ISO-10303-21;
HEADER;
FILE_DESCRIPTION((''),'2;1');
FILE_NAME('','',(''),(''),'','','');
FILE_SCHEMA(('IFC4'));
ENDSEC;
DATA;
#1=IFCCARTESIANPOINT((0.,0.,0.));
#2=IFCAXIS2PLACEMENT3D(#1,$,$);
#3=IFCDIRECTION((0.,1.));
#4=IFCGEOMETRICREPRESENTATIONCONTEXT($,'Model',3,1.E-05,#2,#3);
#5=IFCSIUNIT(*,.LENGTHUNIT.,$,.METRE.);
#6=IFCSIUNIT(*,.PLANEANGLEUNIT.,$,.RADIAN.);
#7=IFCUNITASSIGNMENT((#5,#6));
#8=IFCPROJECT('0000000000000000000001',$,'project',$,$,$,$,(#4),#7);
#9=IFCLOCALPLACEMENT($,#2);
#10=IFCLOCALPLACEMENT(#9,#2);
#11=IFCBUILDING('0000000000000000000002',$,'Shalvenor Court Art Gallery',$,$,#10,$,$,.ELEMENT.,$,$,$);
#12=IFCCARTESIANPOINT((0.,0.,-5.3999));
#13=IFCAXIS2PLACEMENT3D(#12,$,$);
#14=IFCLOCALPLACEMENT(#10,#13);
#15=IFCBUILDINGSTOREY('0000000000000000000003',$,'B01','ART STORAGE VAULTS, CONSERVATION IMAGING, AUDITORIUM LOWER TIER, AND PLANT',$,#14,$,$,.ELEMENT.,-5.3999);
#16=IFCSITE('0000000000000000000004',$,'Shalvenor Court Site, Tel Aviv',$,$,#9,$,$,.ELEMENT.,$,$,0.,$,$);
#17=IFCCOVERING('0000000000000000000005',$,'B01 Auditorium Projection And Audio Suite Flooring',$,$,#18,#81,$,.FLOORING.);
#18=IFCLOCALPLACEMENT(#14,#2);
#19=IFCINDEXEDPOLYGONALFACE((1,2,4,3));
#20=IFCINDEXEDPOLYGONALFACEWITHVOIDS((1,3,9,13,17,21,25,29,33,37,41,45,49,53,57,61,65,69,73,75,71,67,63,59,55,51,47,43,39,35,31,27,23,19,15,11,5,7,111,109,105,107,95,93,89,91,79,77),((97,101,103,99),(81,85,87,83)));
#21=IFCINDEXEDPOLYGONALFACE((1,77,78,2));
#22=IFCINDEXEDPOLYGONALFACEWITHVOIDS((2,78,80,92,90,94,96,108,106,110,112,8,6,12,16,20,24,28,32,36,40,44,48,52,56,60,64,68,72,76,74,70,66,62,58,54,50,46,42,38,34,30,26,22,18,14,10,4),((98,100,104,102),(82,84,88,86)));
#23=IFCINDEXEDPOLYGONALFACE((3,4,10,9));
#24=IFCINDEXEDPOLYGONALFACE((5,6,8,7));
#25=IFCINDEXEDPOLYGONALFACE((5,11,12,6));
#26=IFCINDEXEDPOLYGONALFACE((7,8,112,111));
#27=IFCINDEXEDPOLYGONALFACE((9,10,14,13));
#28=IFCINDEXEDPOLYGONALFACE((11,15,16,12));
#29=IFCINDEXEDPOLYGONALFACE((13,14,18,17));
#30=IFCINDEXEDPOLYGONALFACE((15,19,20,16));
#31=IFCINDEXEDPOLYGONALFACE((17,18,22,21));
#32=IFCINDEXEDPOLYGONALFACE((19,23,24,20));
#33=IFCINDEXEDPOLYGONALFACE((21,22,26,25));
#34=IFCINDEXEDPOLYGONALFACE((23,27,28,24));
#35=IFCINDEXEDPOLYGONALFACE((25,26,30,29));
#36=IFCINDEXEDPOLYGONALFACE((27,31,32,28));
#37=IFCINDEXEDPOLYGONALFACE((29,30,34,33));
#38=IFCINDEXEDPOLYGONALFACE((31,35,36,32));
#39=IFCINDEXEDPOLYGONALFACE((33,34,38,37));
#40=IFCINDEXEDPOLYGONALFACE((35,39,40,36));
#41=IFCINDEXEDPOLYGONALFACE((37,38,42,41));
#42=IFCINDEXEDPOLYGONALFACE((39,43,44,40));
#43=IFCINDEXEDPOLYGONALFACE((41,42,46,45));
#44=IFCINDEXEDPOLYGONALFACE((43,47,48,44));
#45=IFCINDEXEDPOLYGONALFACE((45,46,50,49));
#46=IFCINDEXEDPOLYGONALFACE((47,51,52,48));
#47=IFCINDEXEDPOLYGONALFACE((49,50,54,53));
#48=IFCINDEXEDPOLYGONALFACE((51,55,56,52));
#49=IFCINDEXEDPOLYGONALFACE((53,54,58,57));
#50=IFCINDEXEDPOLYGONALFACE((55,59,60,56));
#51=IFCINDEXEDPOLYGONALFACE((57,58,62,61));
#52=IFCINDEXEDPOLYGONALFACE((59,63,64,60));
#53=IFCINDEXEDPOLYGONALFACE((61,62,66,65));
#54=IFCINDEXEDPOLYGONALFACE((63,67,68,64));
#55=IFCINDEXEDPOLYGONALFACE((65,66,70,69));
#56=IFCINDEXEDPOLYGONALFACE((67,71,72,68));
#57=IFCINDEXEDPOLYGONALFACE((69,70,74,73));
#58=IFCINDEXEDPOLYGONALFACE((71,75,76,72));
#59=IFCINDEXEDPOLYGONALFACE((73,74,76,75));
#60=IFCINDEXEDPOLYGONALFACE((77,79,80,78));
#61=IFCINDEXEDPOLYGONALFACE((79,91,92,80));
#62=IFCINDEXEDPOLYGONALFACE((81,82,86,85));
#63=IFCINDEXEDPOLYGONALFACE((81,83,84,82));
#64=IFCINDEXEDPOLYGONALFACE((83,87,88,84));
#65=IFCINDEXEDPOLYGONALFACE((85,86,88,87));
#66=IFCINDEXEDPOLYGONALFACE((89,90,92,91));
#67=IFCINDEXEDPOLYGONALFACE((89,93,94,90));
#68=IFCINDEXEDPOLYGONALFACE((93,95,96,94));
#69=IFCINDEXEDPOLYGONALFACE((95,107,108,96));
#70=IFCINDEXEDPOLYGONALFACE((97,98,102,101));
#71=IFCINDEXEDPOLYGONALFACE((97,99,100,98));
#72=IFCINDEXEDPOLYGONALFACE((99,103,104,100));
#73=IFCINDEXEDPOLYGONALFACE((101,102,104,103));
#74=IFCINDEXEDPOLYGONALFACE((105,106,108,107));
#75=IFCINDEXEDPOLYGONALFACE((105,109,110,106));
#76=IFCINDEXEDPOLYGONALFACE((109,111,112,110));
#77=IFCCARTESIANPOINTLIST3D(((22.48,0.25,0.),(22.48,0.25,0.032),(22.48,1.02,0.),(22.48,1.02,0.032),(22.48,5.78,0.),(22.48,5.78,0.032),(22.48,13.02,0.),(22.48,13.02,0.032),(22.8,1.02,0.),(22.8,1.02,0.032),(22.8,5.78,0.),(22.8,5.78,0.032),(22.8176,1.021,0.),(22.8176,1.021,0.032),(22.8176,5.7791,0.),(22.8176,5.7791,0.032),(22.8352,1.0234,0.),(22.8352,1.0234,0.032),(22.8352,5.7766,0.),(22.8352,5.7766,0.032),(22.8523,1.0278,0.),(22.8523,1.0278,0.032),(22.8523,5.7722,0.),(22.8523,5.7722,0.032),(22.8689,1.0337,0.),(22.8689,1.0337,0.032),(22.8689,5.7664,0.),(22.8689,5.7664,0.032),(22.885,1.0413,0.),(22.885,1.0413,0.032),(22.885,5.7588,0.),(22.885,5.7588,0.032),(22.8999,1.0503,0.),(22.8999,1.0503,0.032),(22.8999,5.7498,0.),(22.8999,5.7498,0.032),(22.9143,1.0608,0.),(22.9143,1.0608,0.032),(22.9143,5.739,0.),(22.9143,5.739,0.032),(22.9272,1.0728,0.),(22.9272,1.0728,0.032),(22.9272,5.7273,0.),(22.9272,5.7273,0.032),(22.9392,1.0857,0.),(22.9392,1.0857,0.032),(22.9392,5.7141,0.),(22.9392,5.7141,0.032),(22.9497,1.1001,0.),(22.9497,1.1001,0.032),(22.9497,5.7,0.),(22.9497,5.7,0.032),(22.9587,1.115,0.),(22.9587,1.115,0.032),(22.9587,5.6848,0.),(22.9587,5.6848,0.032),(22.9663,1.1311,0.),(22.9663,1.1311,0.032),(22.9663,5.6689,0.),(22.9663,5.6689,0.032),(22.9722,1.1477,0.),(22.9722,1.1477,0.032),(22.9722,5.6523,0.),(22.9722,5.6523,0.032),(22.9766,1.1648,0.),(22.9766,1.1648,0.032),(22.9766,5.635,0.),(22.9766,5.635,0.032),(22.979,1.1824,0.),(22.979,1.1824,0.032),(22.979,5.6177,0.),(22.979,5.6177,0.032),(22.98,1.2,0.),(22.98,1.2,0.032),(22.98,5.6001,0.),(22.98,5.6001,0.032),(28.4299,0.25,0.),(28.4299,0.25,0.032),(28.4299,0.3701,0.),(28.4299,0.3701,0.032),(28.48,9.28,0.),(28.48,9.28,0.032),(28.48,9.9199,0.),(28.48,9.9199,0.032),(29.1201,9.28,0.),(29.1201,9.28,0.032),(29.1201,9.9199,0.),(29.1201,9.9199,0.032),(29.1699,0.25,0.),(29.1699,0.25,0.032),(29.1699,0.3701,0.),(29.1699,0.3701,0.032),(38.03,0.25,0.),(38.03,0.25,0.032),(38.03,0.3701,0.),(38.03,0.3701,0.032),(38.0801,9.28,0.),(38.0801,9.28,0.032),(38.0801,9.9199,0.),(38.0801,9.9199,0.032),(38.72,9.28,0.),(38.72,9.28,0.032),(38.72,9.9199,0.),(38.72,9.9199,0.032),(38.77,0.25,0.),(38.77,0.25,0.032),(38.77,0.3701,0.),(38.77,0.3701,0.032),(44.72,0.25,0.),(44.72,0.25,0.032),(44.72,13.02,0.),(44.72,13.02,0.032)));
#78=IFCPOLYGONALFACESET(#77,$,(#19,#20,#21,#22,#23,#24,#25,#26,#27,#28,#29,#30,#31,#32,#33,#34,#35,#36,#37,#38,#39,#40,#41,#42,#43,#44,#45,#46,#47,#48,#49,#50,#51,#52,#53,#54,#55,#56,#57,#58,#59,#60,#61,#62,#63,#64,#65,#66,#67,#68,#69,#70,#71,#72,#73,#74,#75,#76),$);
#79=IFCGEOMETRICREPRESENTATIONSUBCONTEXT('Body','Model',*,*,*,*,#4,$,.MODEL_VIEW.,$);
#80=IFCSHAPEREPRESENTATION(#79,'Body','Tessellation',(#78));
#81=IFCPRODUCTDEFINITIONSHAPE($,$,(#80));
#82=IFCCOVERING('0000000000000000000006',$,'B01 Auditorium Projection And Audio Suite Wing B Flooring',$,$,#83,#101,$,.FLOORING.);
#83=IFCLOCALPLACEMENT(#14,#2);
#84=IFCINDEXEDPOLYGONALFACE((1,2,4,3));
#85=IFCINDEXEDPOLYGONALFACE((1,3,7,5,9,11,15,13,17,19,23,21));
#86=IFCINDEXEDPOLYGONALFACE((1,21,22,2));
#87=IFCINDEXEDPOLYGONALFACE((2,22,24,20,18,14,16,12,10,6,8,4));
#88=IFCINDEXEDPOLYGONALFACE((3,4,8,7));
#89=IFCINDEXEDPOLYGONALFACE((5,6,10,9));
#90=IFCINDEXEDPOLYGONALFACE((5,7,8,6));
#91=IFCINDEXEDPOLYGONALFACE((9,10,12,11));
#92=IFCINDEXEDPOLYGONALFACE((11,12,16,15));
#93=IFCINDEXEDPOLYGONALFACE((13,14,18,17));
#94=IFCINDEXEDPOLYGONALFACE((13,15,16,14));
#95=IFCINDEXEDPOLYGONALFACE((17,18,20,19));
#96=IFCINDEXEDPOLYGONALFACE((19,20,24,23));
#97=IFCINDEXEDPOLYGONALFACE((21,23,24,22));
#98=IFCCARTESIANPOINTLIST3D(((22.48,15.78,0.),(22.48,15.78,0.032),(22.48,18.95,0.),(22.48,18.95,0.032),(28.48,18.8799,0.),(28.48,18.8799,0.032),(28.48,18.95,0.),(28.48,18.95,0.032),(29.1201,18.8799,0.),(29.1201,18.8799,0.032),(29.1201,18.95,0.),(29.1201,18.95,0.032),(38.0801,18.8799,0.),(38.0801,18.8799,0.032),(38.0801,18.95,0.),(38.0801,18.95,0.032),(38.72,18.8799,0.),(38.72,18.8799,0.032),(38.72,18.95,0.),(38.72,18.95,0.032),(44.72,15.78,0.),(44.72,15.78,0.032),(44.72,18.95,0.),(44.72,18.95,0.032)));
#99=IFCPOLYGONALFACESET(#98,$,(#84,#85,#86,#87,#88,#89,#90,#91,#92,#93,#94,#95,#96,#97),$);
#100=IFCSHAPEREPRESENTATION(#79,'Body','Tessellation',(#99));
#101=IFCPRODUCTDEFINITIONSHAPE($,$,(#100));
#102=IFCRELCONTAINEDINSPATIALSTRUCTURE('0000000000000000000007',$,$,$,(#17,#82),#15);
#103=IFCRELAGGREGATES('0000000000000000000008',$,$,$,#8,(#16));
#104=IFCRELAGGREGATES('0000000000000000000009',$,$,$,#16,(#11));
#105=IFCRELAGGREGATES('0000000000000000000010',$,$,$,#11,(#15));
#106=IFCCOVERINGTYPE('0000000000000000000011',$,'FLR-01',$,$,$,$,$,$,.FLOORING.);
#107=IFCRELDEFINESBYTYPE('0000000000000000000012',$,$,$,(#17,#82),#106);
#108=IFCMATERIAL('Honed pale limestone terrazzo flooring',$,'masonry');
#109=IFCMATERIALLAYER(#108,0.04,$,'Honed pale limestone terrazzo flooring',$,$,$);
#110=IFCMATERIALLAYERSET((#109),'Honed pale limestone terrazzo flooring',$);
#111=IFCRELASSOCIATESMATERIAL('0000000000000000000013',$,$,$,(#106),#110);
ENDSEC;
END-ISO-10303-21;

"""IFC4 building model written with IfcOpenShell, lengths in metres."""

from ifc_helpers import new_model, si_unit, direction, frame, origin, place, context, subcontext, project, spatial, polyline, outline, extrude, material, layer, layer_set, type_object, element, save


model = new_model("IFC4")

# Units and contexts
model_context = context("Model", 3, precision=1e-05, world=origin(), true_north=direction((0.0, 1.0)))
body_context = subcontext(model_context, "Body", "Model", "MODEL_VIEW")
ifc_project = project(units=[si_unit("LENGTHUNIT", "METRE"), si_unit("PLANEANGLEUNIT", "RADIAN")], contexts=[model_context])

# Site, building, storey
site_placement = place(None, origin())
site = spatial("IfcSite", under=ifc_project, at=site_placement, Name="Shalvenor Court Site, Tel Aviv", CompositionType="ELEMENT", RefElevation=0.0)
building_placement = place(site_placement, origin())
building = spatial("IfcBuilding", under=site, at=building_placement, Name="Shalvenor Court Art Gallery", CompositionType="ELEMENT")
storey_placement = place(building_placement, frame((0.0, 0.0, -5.3999)))
storey = spatial("IfcBuildingStorey", under=building, at=storey_placement, Name="B01", Description="ART STORAGE VAULTS, CONSERVATION IMAGING, AUDITORIUM LOWER TIER, AND PLANT", CompositionType="ELEMENT", Elevation=-5.3999)

# Coverings
ifc_material_1 = material(Name="Honed pale limestone terrazzo flooring", Category="masonry")
ifc_layer_1 = layer(ifc_material_1, 0.04, Name="Honed pale limestone terrazzo flooring")
ifc_layer_set_1 = layer_set([ifc_layer_1], Name="Honed pale limestone terrazzo flooring")
covering_type_1 = type_object("IfcCoveringType", Name="FLR-01", PredefinedType="FLOORING", material=ifc_layer_set_1)
covering_1_placement = place(storey_placement, origin())
element("IfcCovering", 1, at=covering_1_placement, inside=storey, type_object=covering_type_1, Name="B01 Auditorium Projection And Audio Suite Flooring", PredefinedType="FLOORING", context=body_context, shape_type="SweptSolid", body=[
    extrude(outline(polyline([(22.48, 1.02), (22.8, 1.02), (22.8176, 1.021), (22.8352, 1.0234), (22.8523, 1.0278), (22.8689, 1.0337), (22.885, 1.0413), (22.8999, 1.0503), (22.9143, 1.0608), (22.9272, 1.0728), (22.9392, 1.0857), (22.9497, 1.1001), (22.9587, 1.115), (22.9663, 1.1311), (22.9722, 1.1477), (22.9766, 1.1648), (22.979, 1.1824), (22.98, 1.2), (22.98, 5.6001), (22.979, 5.6177), (22.9766, 5.635), (22.9722, 5.6523), (22.9663, 5.6689), (22.9587, 5.6848), (22.9497, 5.7), (22.9392, 5.7141), (22.9272, 5.7273), (22.9143, 5.739), (22.8999, 5.7498), (22.885, 5.7588), (22.8689, 5.7664), (22.8523, 5.7722), (22.8352, 5.7766), (22.8176, 5.7791), (22.8, 5.78), (22.48, 5.78), (22.48, 13.02), (44.72, 13.02), (44.72, 0.25), (38.77, 0.25), (38.77, 0.3701), (38.03, 0.3701), (38.03, 0.25), (29.1699, 0.25), (29.1699, 0.3701), (28.4299, 0.3701), (28.4299, 0.25), (22.48, 0.25), (22.48, 1.02)]), holes=[polyline([(29.1201, 9.9199), (28.48, 9.9199), (28.48, 9.28), (29.1201, 9.28), (29.1201, 9.9199)]), polyline([(38.72, 9.9199), (38.0801, 9.9199), (38.0801, 9.28), (38.72, 9.28), (38.72, 9.9199)])]), origin(), (0.0, 0.0, 1.0), 0.032),
])
covering_2_placement = place(storey_placement, origin())
element("IfcCovering", 2, at=covering_2_placement, inside=storey, type_object=covering_type_1, Name="B01 Auditorium Projection And Audio Suite Wing B Flooring", PredefinedType="FLOORING", context=body_context, shape_type="SweptSolid", body=[
    extrude(outline(polyline([(44.72, 15.78), (22.48, 15.78), (22.48, 18.95), (28.48, 18.95), (28.48, 18.8799), (29.1201, 18.8799), (29.1201, 18.95), (38.0801, 18.95), (38.0801, 18.8799), (38.72, 18.8799), (38.72, 18.95), (44.72, 18.95), (44.72, 15.78)])), origin(), (0.0, 0.0, 1.0), 0.032),
])

save(model, "model.ifc")
